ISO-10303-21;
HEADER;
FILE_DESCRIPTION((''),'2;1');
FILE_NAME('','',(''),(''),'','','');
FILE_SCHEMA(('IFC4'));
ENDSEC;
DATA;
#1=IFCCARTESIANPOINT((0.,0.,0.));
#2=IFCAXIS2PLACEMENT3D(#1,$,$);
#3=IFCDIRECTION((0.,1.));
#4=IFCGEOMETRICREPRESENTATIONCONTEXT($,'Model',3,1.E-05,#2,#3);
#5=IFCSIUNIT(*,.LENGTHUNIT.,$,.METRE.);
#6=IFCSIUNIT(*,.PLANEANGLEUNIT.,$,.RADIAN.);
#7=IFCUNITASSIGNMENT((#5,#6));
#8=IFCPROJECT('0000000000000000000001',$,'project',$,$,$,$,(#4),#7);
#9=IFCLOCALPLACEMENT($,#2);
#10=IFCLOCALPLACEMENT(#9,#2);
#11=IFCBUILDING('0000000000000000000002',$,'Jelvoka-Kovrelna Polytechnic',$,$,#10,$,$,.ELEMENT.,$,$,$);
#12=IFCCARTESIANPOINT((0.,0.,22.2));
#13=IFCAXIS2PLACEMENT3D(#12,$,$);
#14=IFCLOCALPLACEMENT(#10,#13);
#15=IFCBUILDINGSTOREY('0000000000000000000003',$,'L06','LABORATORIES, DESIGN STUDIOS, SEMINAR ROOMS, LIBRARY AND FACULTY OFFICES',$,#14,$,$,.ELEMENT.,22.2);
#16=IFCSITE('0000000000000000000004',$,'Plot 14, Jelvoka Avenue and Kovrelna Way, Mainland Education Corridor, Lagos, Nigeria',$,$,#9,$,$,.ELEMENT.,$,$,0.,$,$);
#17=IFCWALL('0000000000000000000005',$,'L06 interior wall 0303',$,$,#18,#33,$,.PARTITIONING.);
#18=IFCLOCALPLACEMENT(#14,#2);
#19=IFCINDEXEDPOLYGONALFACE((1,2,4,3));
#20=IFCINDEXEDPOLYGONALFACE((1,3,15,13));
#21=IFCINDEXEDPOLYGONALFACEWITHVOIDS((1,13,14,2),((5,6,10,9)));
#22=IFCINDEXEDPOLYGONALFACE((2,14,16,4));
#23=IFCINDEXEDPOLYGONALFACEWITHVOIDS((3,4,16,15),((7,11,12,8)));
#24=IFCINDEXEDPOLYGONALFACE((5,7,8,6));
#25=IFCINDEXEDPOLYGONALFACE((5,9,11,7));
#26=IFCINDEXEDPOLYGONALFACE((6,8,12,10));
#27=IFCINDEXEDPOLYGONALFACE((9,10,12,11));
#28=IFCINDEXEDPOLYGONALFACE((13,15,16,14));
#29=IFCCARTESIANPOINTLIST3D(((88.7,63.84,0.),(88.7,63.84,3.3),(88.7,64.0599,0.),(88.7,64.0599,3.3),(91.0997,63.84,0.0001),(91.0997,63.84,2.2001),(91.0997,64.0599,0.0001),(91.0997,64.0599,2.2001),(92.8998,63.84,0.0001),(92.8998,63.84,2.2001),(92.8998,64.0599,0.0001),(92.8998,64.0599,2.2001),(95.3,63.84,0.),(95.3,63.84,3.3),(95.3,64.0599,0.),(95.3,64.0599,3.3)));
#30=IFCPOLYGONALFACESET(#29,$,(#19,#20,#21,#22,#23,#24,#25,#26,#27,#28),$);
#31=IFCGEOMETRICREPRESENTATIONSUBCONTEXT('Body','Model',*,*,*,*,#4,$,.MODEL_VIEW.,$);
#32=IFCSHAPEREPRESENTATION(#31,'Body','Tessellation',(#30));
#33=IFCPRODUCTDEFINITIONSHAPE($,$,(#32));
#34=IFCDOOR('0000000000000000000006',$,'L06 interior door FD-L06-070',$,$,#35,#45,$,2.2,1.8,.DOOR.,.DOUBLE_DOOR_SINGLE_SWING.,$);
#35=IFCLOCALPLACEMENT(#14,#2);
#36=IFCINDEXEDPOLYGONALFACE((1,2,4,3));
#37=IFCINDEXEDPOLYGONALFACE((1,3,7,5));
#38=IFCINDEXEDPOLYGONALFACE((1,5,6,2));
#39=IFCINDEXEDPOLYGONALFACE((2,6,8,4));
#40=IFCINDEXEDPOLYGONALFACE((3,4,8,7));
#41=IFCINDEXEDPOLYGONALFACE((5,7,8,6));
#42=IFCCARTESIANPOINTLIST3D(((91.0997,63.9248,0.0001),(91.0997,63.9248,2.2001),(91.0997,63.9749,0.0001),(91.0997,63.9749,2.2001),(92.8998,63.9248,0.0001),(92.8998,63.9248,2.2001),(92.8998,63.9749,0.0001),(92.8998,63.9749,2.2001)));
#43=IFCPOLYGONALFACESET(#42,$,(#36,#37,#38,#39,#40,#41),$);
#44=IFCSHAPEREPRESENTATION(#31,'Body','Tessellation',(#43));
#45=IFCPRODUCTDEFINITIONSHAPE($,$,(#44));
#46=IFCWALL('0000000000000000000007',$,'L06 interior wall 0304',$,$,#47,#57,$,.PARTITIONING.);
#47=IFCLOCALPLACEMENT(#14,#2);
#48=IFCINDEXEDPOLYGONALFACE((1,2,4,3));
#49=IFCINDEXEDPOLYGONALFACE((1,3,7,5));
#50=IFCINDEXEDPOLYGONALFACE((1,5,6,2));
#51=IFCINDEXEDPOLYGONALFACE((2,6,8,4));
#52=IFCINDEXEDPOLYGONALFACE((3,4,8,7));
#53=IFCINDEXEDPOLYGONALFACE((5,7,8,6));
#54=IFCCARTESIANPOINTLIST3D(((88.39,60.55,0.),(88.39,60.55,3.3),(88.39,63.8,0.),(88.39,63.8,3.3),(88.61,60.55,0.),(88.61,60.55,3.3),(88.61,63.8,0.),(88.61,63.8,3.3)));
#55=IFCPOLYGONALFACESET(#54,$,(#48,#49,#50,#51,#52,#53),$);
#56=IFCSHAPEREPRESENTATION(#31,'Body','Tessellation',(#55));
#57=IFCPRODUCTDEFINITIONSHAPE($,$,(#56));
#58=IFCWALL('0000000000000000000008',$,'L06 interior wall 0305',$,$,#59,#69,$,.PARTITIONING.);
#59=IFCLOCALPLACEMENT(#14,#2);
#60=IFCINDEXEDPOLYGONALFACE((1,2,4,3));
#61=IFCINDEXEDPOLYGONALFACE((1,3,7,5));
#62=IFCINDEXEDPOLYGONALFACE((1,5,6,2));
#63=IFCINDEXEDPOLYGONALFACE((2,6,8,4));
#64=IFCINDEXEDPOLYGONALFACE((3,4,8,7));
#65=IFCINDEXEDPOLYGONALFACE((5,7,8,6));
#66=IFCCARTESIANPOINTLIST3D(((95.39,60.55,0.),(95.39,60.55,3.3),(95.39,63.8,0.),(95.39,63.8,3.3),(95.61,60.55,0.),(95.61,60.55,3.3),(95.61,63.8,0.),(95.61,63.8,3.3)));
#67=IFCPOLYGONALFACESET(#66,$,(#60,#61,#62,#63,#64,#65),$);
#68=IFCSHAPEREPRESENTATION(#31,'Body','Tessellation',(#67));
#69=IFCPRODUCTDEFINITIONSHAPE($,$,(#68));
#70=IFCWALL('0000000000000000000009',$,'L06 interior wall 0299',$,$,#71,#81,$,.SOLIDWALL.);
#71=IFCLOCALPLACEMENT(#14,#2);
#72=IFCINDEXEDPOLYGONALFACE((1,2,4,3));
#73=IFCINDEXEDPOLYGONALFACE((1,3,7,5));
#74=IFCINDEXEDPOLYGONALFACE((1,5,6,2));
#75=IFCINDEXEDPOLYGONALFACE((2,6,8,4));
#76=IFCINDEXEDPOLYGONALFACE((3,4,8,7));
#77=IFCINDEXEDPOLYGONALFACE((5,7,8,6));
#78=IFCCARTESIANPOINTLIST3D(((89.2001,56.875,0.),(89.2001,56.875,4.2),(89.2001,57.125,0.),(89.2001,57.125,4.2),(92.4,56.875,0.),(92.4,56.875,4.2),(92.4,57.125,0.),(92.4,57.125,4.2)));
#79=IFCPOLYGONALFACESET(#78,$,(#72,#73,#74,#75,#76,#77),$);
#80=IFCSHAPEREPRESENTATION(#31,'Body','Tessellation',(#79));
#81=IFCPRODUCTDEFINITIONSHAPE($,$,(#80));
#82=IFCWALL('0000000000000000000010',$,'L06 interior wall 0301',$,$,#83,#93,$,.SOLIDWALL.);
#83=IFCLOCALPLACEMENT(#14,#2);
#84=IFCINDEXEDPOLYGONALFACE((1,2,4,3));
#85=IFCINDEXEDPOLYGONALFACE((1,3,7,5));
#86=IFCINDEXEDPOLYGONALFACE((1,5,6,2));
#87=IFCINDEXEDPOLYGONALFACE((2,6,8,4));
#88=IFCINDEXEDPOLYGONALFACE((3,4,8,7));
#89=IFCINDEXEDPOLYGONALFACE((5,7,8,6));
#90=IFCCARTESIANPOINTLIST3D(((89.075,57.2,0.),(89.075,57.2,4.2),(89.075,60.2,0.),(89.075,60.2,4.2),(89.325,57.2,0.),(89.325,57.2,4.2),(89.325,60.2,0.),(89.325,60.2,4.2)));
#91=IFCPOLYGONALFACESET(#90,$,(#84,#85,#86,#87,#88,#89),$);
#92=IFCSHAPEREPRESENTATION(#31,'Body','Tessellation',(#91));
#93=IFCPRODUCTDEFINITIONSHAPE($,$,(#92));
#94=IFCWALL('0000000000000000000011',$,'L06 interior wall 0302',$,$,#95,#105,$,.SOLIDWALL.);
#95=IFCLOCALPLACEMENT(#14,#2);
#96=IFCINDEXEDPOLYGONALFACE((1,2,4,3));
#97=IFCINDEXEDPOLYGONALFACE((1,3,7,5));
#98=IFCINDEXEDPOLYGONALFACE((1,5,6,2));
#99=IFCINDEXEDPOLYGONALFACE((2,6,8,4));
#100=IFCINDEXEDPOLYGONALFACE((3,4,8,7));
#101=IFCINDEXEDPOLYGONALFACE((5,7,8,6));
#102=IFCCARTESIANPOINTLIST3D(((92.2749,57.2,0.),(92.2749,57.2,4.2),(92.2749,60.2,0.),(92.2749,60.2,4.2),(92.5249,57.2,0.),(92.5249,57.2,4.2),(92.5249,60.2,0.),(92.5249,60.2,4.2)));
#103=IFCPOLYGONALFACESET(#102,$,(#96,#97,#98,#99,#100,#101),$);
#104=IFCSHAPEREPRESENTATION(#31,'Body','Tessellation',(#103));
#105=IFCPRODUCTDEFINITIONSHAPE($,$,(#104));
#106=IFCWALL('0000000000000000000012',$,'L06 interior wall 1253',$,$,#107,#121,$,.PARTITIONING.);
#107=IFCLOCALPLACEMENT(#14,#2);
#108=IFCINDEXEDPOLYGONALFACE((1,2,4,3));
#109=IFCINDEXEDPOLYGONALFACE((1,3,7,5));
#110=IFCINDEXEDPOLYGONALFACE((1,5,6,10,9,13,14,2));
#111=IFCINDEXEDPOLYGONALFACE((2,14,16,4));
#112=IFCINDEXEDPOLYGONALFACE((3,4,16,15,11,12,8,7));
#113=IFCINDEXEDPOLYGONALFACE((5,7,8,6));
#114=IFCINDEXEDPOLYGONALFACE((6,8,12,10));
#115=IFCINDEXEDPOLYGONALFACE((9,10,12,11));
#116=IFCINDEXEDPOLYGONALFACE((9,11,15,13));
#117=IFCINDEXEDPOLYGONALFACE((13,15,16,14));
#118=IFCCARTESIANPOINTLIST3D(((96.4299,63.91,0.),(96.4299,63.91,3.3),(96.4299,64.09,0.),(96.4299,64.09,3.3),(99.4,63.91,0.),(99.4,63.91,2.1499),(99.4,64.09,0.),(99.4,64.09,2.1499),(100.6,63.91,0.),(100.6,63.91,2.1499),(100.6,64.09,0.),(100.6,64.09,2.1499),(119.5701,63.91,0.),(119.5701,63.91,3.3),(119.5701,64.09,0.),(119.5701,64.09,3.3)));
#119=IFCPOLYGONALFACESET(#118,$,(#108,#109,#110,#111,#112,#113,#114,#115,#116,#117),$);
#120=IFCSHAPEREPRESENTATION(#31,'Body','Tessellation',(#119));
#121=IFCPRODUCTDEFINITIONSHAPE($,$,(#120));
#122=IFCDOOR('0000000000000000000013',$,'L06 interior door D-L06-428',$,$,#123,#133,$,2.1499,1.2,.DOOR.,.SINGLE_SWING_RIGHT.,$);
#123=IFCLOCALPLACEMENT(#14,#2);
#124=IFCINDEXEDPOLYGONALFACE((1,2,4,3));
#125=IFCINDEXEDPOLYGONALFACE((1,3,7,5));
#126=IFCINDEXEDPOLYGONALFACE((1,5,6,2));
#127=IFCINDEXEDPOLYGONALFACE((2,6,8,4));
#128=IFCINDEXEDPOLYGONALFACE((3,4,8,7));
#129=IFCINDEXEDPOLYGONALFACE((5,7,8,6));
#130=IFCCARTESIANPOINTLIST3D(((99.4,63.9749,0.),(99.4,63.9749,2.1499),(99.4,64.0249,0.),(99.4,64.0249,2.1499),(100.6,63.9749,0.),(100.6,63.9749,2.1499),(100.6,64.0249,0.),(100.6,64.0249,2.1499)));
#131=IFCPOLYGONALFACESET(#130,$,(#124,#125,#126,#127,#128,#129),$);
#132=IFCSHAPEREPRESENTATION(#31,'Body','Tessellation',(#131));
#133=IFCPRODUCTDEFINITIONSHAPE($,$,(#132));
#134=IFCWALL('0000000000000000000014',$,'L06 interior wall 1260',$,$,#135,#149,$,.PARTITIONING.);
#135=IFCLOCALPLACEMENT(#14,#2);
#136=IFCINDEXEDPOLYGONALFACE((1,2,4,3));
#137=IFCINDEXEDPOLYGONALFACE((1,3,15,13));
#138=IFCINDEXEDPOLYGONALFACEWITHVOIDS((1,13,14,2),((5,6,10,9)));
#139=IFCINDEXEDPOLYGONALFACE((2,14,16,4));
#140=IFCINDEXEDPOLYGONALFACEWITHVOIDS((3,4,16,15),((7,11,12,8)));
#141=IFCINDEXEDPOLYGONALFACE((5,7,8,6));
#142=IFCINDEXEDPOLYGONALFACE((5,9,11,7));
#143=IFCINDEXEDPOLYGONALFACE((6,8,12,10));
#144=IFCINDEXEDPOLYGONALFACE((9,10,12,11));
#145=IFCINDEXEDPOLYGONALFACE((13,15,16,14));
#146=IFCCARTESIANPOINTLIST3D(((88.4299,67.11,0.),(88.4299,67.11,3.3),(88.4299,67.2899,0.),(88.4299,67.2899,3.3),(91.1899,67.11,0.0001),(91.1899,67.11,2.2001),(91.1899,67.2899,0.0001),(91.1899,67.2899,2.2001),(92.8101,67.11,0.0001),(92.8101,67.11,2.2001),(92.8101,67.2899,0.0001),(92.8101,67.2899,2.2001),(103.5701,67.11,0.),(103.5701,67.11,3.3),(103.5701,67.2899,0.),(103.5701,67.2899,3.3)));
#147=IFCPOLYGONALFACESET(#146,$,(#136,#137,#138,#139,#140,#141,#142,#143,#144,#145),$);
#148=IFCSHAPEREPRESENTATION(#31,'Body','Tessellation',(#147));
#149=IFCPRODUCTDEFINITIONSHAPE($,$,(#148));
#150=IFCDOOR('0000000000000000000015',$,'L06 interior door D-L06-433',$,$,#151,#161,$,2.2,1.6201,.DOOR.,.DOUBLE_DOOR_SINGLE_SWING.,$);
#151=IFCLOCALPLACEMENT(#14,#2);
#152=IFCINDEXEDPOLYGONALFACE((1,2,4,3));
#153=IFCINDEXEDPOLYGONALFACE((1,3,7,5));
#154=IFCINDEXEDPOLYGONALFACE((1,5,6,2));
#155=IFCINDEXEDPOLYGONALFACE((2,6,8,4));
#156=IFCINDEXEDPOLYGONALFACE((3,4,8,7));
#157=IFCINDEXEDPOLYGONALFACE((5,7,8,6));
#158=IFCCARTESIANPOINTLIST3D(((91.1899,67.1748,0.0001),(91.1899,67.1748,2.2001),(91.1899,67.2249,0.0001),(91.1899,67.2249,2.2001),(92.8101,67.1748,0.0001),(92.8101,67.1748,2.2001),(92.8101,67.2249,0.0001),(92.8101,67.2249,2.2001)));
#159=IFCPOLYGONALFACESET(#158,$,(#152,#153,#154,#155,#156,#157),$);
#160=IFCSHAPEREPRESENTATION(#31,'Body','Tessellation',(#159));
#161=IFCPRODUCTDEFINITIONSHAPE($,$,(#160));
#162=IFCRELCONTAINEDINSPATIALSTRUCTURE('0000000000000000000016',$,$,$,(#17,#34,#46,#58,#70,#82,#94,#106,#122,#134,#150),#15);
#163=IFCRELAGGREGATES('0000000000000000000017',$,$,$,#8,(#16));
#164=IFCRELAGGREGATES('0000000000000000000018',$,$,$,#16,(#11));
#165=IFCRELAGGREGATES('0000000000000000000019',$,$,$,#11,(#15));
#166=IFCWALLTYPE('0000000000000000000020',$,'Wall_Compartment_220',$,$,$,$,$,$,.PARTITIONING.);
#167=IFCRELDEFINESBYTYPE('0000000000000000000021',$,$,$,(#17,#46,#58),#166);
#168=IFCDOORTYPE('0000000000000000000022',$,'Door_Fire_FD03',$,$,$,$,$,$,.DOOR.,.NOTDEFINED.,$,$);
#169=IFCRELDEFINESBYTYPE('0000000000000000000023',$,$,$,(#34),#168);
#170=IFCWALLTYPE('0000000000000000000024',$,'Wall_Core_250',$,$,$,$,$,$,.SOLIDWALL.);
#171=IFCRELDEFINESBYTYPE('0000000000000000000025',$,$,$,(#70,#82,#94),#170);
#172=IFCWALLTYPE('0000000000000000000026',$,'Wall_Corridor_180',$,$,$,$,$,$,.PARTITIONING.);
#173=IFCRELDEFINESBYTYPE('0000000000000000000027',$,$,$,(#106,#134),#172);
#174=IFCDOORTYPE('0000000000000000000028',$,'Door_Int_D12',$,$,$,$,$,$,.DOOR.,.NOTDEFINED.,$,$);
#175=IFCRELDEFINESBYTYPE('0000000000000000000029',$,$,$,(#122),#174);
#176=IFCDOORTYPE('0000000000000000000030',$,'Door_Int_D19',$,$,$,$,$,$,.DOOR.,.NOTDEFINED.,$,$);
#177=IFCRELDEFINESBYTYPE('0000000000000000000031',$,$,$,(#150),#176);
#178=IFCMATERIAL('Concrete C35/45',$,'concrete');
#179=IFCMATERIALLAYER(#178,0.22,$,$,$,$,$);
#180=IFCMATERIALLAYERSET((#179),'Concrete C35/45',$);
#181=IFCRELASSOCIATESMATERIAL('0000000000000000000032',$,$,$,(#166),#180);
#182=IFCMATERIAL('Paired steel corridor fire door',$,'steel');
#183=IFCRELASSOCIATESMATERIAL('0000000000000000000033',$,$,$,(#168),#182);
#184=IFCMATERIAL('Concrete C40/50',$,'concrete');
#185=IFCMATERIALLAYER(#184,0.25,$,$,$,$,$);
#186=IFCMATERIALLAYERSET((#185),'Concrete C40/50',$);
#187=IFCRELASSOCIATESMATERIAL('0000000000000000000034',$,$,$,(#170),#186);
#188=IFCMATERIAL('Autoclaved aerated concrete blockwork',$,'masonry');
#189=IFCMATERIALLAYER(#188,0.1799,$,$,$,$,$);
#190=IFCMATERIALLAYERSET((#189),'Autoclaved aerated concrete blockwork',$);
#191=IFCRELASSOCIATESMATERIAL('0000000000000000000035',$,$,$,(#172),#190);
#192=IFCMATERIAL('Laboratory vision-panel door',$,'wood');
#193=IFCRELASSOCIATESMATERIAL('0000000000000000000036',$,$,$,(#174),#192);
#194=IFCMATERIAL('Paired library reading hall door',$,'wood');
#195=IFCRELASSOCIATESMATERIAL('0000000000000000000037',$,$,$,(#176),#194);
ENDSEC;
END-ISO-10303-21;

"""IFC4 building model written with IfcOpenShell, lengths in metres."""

from ifc_helpers import new_model, si_unit, direction, frame, frame_2d, origin, place, context, subcontext, project, spatial, rectangle, extrude, material, layer, layer_set, type_object, element, fill, save


model = new_model("IFC4")

# Units and contexts
model_context = context("Model", 3, precision=1e-05, world=origin(), true_north=direction((0.0, 1.0)))
body_context = subcontext(model_context, "Body", "Model", "MODEL_VIEW")
ifc_project = project(units=[si_unit("LENGTHUNIT", "METRE"), si_unit("PLANEANGLEUNIT", "RADIAN")], contexts=[model_context])

# Site, building, storey
site_placement = place(None, origin())
site = spatial("IfcSite", under=ifc_project, at=site_placement, Name="Plot 14, Jelvoka Avenue and Kovrelna Way, Mainland Education Corridor, Lagos, Nigeria", CompositionType="ELEMENT", RefElevation=0.0)
building_placement = place(site_placement, origin())
building = spatial("IfcBuilding", under=site, at=building_placement, Name="Jelvoka-Kovrelna Polytechnic", CompositionType="ELEMENT")
storey_placement = place(building_placement, frame((0.0, 0.0, 22.2)))
storey = spatial("IfcBuildingStorey", under=building, at=storey_placement, Name="L06", Description="LABORATORIES, DESIGN STUDIOS, SEMINAR ROOMS, LIBRARY AND FACULTY OFFICES", CompositionType="ELEMENT", Elevation=22.2)

# Wall, opening, door
ifc_material_1 = material(Name="Concrete C35/45", Category="concrete")
ifc_layer_1 = layer(ifc_material_1, 0.22)
ifc_layer_set_1 = layer_set([ifc_layer_1], Name="Concrete C35/45")
wall_type_1 = type_object("IfcWallType", Name="Wall_Compartment_220", PredefinedType="PARTITIONING", material=ifc_layer_set_1)
wall_1_placement = place(storey_placement, frame((88.7, 63.95, 0.0), z_axis=(0.0, 0.0, 1.0), x_axis=(1.0, 0.0, 0.0)))
wall_1 = element("IfcWall", 1, at=wall_1_placement, inside=storey, type_object=wall_type_1, Name="L06 interior wall 0303", PredefinedType="PARTITIONING", context=body_context, shape_type="SweptSolid", body=[
    extrude(rectangle(XDim=6.6001, YDim=0.22, at=frame_2d((3.3, 0.0))), origin(), (0.0, 0.0, 1.0), 3.3),
])
opening_1_placement = place(wall_1_placement, frame((2.3999, 0.0, 0.0)))
opening_1 = element("IfcOpeningElement", 2, at=opening_1_placement, cuts=wall_1, PredefinedType="OPENING", context=body_context, shape_type="SweptSolid", body=[
    extrude(rectangle(XDim=1.8, YDim=2.2, at=frame_2d((0.8999, 1.1001))), frame((0.0, 0.1199, 0.0), z_axis=(0.0, -1.0, 0.0), x_axis=(1.0, 0.0, 0.0)), (0.0, 0.0, 1.0), 0.24),
])
ifc_material_2 = material(Name="Paired steel corridor fire door", Category="steel")
door_type_1 = type_object("IfcDoorType", Name="Door_Fire_FD03", OperationType="NOTDEFINED", PredefinedType="DOOR", material=ifc_material_2)
door_1_placement = place(opening_1_placement, origin())
door_1 = element("IfcDoor", 3, at=door_1_placement, inside=storey, type_object=door_type_1, Name="L06 interior door FD-L06-070", OperationType="DOUBLE_DOOR_SINGLE_SWING", OverallHeight=2.2, OverallWidth=1.8, PredefinedType="DOOR", context=body_context, shape_type="SweptSolid", body=[
    extrude(rectangle(XDim=1.8, YDim=2.2, at=frame_2d((0.8999, 1.1001))), frame((0.0, 0.0249, 0.0), z_axis=(0.0, -1.0, 0.0), x_axis=(1.0, 0.0, 0.0)), (0.0, 0.0, 1.0), 0.05),
])
fill(opening_1, door_1)

# Walls
for number, where, z_axis, x_axis, name in (
    (4, (88.5, 60.55, 0.0), (0.0, 0.0, 1.0), (0.0, 1.0, 0.0), "L06 interior wall 0304"),
    (5, (95.5, 60.55, 0.0), (0.0, 0.0, 1.0), (0.0, 1.0, 0.0), "L06 interior wall 0305"),
):
    element("IfcWall", number, at=place(storey_placement, frame(where, z_axis=z_axis, x_axis=x_axis)), inside=storey, type_object=wall_type_1, Name=name, PredefinedType="PARTITIONING", context=body_context, shape_type="SweptSolid", body=[
        extrude(rectangle(XDim=3.25, YDim=0.22, at=frame_2d((1.625, 0.0))), origin(), (0.0, 0.0, 1.0), 3.3),
    ])
ifc_material_3 = material(Name="Concrete C40/50", Category="concrete")
ifc_layer_2 = layer(ifc_material_3, 0.25)
ifc_layer_set_2 = layer_set([ifc_layer_2], Name="Concrete C40/50")
wall_type_2 = type_object("IfcWallType", Name="Wall_Core_250", PredefinedType="SOLIDWALL", material=ifc_layer_set_2)
wall_2_placement = place(storey_placement, frame((89.2, 57.0, 0.0), z_axis=(0.0, 0.0, 1.0), x_axis=(1.0, 0.0, 0.0)))
element("IfcWall", 6, at=wall_2_placement, inside=storey, type_object=wall_type_2, Name="L06 interior wall 0299", PredefinedType="SOLIDWALL", context=body_context, shape_type="SweptSolid", body=[
    extrude(rectangle(XDim=3.2, YDim=0.25, at=frame_2d((1.6001, 0.0))), origin(), (0.0, 0.0, 1.0), 4.2),
])

# Walls
for number, where, z_axis, x_axis, name in (
    (7, (89.2, 57.2, 0.0), (0.0, 0.0, 1.0), (0.0, 1.0, 0.0), "L06 interior wall 0301"),
    (8, (92.3999, 57.2, 0.0), (0.0, 0.0, 1.0), (0.0, 1.0, 0.0), "L06 interior wall 0302"),
):
    element("IfcWall", number, at=place(storey_placement, frame(where, z_axis=z_axis, x_axis=x_axis)), inside=storey, type_object=wall_type_2, Name=name, PredefinedType="SOLIDWALL", context=body_context, shape_type="SweptSolid", body=[
        extrude(rectangle(XDim=3.0, YDim=0.25, at=frame_2d((1.5, 0.0))), origin(), (0.0, 0.0, 1.0), 4.2),
    ])

# Walls, openings, doors
ifc_material_4 = material(Name="Autoclaved aerated concrete blockwork", Category="masonry")
ifc_layer_3 = layer(ifc_material_4, 0.1799)
ifc_layer_set_3 = layer_set([ifc_layer_3], Name="Autoclaved aerated concrete blockwork")
wall_type_3 = type_object("IfcWallType", Name="Wall_Corridor_180", PredefinedType="PARTITIONING", material=ifc_layer_set_3)
wall_3_placement = place(storey_placement, frame((96.4299, 64.0, 0.0), z_axis=(0.0, 0.0, 1.0), x_axis=(1.0, 0.0, 0.0)))
wall_3 = element("IfcWall", 9, at=wall_3_placement, inside=storey, type_object=wall_type_3, Name="L06 interior wall 1253", PredefinedType="PARTITIONING", context=body_context, shape_type="SweptSolid", body=[
    extrude(rectangle(XDim=23.1401, YDim=0.1799, at=frame_2d((11.5701, 0.0))), origin(), (0.0, 0.0, 1.0), 3.3),
])
opening_2_placement = place(wall_3_placement, frame((2.97, 0.0, 0.0)))
opening_2 = element("IfcOpeningElement", 10, at=opening_2_placement, cuts=wall_3, PredefinedType="OPENING", context=body_context, shape_type="SweptSolid", body=[
    extrude(rectangle(XDim=1.2, YDim=2.1499, at=frame_2d((0.6001, 1.075))), frame((0.0, 0.0999, 0.0), z_axis=(0.0, -1.0, 0.0), x_axis=(1.0, 0.0, 0.0)), (0.0, 0.0, 1.0), 0.2),
])
ifc_material_5 = material(Name="Laboratory vision-panel door", Category="wood")
door_type_2 = type_object("IfcDoorType", Name="Door_Int_D12", OperationType="NOTDEFINED", PredefinedType="DOOR", material=ifc_material_5)
door_2_placement = place(opening_2_placement, origin())
door_2 = element("IfcDoor", 11, at=door_2_placement, inside=storey, type_object=door_type_2, Name="L06 interior door D-L06-428", OperationType="SINGLE_SWING_RIGHT", OverallHeight=2.1499, OverallWidth=1.2, PredefinedType="DOOR", context=body_context, shape_type="SweptSolid", body=[
    extrude(rectangle(XDim=1.2, YDim=2.1499, at=frame_2d((0.6001, 1.075))), frame((0.0, 0.0249, 0.0), z_axis=(0.0, -1.0, 0.0), x_axis=(1.0, 0.0, 0.0)), (0.0, 0.0, 1.0), 0.05),
])
fill(opening_2, door_2)
wall_4_placement = place(storey_placement, frame((88.4299, 67.2, 0.0), z_axis=(0.0, 0.0, 1.0), x_axis=(1.0, 0.0, 0.0)))
wall_4 = element("IfcWall", 12, at=wall_4_placement, inside=storey, type_object=wall_type_3, Name="L06 interior wall 1260", PredefinedType="PARTITIONING", context=body_context, shape_type="SweptSolid", body=[
    extrude(rectangle(XDim=15.1401, YDim=0.1799, at=frame_2d((7.5701, 0.0))), origin(), (0.0, 0.0, 1.0), 3.3),
])
opening_3_placement = place(wall_4_placement, frame((2.76, 0.0, 0.0)))
opening_3 = element("IfcOpeningElement", 13, at=opening_3_placement, cuts=wall_4, PredefinedType="OPENING", context=body_context, shape_type="SweptSolid", body=[
    extrude(rectangle(XDim=1.6201, YDim=2.2, at=frame_2d((0.8101, 1.1001))), frame((0.0, 0.0999, 0.0), z_axis=(0.0, -1.0, 0.0), x_axis=(1.0, 0.0, 0.0)), (0.0, 0.0, 1.0), 0.2),
])
ifc_material_6 = material(Name="Paired library reading hall door", Category="wood")
door_type_3 = type_object("IfcDoorType", Name="Door_Int_D19", OperationType="NOTDEFINED", PredefinedType="DOOR", material=ifc_material_6)
door_3_placement = place(opening_3_placement, origin())
door_3 = element("IfcDoor", 14, at=door_3_placement, inside=storey, type_object=door_type_3, Name="L06 interior door D-L06-433", OperationType="DOUBLE_DOOR_SINGLE_SWING", OverallHeight=2.2, OverallWidth=1.6201, PredefinedType="DOOR", context=body_context, shape_type="SweptSolid", body=[
    extrude(rectangle(XDim=1.6201, YDim=2.2, at=frame_2d((0.8101, 1.1001))), frame((0.0, 0.0249, 0.0), z_axis=(0.0, -1.0, 0.0), x_axis=(1.0, 0.0, 0.0)), (0.0, 0.0, 1.0), 0.05),
])
fill(opening_3, door_3)

save(model, "model.ifc")
